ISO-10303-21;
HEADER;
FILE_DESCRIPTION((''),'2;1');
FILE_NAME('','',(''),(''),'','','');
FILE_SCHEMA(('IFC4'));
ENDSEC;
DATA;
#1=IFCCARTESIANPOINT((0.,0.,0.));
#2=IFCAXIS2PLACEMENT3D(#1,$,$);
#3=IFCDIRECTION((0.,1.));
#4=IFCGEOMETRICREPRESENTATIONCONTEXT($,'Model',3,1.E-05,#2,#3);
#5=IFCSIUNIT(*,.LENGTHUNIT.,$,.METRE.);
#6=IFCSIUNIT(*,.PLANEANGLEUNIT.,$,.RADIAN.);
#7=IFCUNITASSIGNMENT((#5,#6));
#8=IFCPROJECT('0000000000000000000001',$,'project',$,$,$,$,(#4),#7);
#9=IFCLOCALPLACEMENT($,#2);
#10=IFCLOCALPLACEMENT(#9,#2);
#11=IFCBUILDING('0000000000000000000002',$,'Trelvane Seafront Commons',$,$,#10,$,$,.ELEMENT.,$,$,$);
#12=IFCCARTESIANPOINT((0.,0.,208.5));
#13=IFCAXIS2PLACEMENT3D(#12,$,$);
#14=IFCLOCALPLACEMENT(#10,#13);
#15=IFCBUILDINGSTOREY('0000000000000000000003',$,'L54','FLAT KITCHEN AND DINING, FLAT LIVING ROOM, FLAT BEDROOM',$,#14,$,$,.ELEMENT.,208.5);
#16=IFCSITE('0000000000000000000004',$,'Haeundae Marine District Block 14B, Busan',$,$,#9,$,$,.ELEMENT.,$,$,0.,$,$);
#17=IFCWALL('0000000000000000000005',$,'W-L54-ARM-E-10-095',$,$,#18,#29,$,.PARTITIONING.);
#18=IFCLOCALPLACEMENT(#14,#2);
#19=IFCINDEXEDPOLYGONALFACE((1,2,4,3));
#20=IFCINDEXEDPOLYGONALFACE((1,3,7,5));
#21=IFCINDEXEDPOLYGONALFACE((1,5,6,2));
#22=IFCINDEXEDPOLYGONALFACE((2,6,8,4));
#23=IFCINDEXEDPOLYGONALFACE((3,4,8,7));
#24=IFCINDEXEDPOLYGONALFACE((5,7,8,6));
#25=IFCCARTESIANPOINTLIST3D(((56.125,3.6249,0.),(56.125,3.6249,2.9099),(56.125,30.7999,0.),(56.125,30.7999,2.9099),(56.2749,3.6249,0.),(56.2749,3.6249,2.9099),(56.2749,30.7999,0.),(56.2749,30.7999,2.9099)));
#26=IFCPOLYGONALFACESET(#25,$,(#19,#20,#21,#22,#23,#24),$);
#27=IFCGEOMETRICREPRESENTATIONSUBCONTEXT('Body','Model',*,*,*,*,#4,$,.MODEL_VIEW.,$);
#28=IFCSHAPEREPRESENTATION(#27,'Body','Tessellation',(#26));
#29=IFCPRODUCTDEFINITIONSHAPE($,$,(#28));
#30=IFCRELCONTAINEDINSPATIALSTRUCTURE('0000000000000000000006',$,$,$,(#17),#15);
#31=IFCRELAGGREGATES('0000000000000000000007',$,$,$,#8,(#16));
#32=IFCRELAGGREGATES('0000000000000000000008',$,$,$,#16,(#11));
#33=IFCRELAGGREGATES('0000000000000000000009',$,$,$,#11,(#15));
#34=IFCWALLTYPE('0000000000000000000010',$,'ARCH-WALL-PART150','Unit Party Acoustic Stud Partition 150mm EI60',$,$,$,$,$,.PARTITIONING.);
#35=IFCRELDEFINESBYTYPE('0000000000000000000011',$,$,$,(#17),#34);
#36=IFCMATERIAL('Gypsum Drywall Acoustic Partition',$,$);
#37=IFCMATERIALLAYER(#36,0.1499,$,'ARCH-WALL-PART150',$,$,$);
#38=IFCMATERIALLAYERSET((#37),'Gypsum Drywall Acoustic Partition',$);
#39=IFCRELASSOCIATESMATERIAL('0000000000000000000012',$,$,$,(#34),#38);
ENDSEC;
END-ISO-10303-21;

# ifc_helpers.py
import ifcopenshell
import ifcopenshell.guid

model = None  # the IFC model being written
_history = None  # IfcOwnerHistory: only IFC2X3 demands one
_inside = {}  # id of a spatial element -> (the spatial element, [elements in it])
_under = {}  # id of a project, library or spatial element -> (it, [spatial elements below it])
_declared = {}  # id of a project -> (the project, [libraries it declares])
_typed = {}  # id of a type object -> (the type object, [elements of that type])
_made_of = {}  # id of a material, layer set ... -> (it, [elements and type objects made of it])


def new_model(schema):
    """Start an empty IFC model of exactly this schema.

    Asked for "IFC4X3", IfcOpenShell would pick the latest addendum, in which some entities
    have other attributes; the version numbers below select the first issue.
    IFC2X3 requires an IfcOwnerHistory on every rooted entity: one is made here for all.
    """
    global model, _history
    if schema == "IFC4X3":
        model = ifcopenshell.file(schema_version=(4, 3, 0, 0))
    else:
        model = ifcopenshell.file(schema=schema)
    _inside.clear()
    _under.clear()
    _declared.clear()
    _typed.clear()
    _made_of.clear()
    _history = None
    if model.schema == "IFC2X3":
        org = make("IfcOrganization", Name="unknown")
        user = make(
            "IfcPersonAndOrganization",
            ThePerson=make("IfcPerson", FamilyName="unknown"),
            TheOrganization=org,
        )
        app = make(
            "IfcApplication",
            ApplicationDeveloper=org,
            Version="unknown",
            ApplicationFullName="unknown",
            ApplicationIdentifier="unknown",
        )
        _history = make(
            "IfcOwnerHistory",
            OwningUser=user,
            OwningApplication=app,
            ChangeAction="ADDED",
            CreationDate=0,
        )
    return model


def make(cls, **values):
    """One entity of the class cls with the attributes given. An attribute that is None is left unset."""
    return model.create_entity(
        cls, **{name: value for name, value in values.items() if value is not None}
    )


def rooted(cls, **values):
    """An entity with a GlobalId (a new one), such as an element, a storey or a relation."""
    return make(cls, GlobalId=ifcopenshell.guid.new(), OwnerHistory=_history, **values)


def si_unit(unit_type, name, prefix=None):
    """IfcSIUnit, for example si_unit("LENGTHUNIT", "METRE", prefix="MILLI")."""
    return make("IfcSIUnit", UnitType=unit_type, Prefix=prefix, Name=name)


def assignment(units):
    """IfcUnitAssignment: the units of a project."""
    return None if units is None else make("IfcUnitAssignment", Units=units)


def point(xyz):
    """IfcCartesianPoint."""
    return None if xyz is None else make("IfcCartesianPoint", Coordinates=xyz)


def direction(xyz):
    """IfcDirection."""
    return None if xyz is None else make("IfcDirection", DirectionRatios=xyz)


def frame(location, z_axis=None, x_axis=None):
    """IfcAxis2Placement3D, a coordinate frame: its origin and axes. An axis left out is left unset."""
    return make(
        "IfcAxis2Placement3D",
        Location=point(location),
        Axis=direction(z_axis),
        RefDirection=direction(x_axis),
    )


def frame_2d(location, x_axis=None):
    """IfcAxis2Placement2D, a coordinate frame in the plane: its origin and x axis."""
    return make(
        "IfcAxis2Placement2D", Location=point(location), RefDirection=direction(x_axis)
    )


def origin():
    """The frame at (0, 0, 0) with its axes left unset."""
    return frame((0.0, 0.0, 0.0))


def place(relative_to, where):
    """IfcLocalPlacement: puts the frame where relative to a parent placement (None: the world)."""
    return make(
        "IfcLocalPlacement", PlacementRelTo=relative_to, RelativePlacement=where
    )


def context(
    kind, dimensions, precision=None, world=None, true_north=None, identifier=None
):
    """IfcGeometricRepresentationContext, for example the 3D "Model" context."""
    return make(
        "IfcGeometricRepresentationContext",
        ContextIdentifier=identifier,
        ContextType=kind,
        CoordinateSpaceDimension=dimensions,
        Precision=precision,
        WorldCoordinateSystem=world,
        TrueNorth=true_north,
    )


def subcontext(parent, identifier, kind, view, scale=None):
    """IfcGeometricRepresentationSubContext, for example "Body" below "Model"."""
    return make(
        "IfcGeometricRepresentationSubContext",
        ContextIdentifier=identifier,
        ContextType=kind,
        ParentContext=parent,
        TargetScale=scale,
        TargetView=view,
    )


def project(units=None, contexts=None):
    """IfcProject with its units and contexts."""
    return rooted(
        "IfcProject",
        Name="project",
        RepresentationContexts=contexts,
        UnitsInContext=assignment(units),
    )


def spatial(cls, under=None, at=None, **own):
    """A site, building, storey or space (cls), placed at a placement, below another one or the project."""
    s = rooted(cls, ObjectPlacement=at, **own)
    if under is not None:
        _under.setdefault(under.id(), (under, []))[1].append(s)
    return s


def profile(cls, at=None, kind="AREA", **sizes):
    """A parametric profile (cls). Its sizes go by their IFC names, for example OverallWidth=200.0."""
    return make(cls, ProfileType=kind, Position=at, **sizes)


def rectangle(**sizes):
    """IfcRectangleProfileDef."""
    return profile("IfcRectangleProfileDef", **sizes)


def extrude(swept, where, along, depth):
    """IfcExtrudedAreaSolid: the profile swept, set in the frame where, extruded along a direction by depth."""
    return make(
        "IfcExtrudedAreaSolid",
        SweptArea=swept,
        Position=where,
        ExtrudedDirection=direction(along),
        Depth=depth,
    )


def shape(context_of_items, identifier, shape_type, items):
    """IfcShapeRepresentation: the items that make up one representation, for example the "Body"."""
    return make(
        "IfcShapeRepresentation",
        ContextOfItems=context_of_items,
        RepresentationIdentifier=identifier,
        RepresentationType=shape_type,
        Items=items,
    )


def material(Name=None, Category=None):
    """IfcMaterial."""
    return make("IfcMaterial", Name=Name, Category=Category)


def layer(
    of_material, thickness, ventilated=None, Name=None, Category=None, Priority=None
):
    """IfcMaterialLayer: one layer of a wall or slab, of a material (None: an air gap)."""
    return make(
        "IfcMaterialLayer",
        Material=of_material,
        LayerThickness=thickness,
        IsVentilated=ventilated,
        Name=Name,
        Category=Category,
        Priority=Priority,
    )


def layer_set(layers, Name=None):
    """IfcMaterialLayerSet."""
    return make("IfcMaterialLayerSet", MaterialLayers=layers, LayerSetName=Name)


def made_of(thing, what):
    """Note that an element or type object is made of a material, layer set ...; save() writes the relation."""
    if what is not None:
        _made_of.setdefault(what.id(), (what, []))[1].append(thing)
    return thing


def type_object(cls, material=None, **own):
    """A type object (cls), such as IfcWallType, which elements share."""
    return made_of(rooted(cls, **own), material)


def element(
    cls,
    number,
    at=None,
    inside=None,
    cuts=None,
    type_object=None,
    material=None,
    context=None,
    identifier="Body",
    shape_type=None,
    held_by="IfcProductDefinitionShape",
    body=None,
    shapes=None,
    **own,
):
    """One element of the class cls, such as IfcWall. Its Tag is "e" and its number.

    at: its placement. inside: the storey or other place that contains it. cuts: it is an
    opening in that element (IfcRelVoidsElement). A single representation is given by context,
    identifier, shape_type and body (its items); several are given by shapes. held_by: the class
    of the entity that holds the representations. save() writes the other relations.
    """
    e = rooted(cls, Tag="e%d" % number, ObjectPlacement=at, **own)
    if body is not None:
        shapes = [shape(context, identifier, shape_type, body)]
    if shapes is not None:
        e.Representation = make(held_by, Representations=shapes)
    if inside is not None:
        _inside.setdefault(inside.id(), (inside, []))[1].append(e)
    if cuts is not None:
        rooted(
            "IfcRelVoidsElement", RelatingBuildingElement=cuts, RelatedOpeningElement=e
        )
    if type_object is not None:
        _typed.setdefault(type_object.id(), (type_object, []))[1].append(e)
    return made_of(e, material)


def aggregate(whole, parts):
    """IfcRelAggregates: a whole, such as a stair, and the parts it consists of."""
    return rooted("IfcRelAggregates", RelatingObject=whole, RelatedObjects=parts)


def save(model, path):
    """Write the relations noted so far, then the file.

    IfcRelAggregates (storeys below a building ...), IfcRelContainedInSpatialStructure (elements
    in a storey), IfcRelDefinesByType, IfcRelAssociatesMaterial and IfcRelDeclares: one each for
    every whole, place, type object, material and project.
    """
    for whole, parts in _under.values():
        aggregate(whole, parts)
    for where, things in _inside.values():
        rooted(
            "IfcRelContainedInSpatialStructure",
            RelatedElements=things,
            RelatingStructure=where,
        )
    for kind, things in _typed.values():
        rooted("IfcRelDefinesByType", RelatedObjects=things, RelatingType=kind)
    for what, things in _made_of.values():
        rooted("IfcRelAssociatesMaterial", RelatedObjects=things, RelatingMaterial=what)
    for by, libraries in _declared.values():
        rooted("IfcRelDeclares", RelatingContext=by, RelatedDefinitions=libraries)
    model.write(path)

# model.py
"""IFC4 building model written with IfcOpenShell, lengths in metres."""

from ifc_helpers import new_model, si_unit, direction, frame, frame_2d, origin, place, context, subcontext, project, spatial, rectangle, extrude, material, layer, layer_set, type_object, element, save


model = new_model("IFC4")

# Units and contexts
model_context = context("Model", 3, precision=1e-05, world=origin(), true_north=direction((0.0, 1.0)))
body_context = subcontext(model_context, "Body", "Model", "MODEL_VIEW")
ifc_project = project(units=[si_unit("LENGTHUNIT", "METRE"), si_unit("PLANEANGLEUNIT", "RADIAN")], contexts=[model_context])

# Site, building, storey
site_placement = place(None, origin())
site = spatial("IfcSite", under=ifc_project, at=site_placement, Name="Haeundae Marine District Block 14B, Busan", CompositionType="ELEMENT", RefElevation=0.0)
building_placement = place(site_placement, origin())
building = spatial("IfcBuilding", under=site, at=building_placement, Name="Trelvane Seafront Commons", CompositionType="ELEMENT")
storey_placement = place(building_placement, frame((0.0, 0.0, 208.5)))
storey = spatial("IfcBuildingStorey", under=building, at=storey_placement, Name="L54", Description="FLAT KITCHEN AND DINING, FLAT LIVING ROOM, FLAT BEDROOM", CompositionType="ELEMENT", Elevation=208.5)

# Shared definitions
ifc_material_1 = material(Name="Gypsum Drywall Acoustic Partition")

# Wall
ifc_layer_1 = layer(ifc_material_1, 0.1499, Name="ARCH-WALL-PART150")
ifc_layer_set_1 = layer_set([ifc_layer_1], Name="Gypsum Drywall Acoustic Partition")
wall_type_1 = type_object("IfcWallType", Name="ARCH-WALL-PART150", Description="Unit Party Acoustic Stud Partition 150mm EI60", PredefinedType="PARTITIONING", material=ifc_layer_set_1)
for number, where, z_axis, x_axis, name in (
    (1, (56.2, 3.625, 0.0), (0.0, 0.0, 1.0), (0.0, 1.0, 0.0), "W-L54-ARM-E-10-095"),
):
    element("IfcWall", number, at=place(storey_placement, frame(where, z_axis=z_axis, x_axis=x_axis)), inside=storey, type_object=wall_type_1, Name=name, PredefinedType="PARTITIONING", context=body_context, shape_type="SweptSolid", body=[
        extrude(rectangle(XDim=27.175, YDim=0.1499, at=frame_2d((13.5874, 0.0))), origin(), (0.0, 0.0, 1.0), 2.9099),
    ])

save(model, "model.ifc")
